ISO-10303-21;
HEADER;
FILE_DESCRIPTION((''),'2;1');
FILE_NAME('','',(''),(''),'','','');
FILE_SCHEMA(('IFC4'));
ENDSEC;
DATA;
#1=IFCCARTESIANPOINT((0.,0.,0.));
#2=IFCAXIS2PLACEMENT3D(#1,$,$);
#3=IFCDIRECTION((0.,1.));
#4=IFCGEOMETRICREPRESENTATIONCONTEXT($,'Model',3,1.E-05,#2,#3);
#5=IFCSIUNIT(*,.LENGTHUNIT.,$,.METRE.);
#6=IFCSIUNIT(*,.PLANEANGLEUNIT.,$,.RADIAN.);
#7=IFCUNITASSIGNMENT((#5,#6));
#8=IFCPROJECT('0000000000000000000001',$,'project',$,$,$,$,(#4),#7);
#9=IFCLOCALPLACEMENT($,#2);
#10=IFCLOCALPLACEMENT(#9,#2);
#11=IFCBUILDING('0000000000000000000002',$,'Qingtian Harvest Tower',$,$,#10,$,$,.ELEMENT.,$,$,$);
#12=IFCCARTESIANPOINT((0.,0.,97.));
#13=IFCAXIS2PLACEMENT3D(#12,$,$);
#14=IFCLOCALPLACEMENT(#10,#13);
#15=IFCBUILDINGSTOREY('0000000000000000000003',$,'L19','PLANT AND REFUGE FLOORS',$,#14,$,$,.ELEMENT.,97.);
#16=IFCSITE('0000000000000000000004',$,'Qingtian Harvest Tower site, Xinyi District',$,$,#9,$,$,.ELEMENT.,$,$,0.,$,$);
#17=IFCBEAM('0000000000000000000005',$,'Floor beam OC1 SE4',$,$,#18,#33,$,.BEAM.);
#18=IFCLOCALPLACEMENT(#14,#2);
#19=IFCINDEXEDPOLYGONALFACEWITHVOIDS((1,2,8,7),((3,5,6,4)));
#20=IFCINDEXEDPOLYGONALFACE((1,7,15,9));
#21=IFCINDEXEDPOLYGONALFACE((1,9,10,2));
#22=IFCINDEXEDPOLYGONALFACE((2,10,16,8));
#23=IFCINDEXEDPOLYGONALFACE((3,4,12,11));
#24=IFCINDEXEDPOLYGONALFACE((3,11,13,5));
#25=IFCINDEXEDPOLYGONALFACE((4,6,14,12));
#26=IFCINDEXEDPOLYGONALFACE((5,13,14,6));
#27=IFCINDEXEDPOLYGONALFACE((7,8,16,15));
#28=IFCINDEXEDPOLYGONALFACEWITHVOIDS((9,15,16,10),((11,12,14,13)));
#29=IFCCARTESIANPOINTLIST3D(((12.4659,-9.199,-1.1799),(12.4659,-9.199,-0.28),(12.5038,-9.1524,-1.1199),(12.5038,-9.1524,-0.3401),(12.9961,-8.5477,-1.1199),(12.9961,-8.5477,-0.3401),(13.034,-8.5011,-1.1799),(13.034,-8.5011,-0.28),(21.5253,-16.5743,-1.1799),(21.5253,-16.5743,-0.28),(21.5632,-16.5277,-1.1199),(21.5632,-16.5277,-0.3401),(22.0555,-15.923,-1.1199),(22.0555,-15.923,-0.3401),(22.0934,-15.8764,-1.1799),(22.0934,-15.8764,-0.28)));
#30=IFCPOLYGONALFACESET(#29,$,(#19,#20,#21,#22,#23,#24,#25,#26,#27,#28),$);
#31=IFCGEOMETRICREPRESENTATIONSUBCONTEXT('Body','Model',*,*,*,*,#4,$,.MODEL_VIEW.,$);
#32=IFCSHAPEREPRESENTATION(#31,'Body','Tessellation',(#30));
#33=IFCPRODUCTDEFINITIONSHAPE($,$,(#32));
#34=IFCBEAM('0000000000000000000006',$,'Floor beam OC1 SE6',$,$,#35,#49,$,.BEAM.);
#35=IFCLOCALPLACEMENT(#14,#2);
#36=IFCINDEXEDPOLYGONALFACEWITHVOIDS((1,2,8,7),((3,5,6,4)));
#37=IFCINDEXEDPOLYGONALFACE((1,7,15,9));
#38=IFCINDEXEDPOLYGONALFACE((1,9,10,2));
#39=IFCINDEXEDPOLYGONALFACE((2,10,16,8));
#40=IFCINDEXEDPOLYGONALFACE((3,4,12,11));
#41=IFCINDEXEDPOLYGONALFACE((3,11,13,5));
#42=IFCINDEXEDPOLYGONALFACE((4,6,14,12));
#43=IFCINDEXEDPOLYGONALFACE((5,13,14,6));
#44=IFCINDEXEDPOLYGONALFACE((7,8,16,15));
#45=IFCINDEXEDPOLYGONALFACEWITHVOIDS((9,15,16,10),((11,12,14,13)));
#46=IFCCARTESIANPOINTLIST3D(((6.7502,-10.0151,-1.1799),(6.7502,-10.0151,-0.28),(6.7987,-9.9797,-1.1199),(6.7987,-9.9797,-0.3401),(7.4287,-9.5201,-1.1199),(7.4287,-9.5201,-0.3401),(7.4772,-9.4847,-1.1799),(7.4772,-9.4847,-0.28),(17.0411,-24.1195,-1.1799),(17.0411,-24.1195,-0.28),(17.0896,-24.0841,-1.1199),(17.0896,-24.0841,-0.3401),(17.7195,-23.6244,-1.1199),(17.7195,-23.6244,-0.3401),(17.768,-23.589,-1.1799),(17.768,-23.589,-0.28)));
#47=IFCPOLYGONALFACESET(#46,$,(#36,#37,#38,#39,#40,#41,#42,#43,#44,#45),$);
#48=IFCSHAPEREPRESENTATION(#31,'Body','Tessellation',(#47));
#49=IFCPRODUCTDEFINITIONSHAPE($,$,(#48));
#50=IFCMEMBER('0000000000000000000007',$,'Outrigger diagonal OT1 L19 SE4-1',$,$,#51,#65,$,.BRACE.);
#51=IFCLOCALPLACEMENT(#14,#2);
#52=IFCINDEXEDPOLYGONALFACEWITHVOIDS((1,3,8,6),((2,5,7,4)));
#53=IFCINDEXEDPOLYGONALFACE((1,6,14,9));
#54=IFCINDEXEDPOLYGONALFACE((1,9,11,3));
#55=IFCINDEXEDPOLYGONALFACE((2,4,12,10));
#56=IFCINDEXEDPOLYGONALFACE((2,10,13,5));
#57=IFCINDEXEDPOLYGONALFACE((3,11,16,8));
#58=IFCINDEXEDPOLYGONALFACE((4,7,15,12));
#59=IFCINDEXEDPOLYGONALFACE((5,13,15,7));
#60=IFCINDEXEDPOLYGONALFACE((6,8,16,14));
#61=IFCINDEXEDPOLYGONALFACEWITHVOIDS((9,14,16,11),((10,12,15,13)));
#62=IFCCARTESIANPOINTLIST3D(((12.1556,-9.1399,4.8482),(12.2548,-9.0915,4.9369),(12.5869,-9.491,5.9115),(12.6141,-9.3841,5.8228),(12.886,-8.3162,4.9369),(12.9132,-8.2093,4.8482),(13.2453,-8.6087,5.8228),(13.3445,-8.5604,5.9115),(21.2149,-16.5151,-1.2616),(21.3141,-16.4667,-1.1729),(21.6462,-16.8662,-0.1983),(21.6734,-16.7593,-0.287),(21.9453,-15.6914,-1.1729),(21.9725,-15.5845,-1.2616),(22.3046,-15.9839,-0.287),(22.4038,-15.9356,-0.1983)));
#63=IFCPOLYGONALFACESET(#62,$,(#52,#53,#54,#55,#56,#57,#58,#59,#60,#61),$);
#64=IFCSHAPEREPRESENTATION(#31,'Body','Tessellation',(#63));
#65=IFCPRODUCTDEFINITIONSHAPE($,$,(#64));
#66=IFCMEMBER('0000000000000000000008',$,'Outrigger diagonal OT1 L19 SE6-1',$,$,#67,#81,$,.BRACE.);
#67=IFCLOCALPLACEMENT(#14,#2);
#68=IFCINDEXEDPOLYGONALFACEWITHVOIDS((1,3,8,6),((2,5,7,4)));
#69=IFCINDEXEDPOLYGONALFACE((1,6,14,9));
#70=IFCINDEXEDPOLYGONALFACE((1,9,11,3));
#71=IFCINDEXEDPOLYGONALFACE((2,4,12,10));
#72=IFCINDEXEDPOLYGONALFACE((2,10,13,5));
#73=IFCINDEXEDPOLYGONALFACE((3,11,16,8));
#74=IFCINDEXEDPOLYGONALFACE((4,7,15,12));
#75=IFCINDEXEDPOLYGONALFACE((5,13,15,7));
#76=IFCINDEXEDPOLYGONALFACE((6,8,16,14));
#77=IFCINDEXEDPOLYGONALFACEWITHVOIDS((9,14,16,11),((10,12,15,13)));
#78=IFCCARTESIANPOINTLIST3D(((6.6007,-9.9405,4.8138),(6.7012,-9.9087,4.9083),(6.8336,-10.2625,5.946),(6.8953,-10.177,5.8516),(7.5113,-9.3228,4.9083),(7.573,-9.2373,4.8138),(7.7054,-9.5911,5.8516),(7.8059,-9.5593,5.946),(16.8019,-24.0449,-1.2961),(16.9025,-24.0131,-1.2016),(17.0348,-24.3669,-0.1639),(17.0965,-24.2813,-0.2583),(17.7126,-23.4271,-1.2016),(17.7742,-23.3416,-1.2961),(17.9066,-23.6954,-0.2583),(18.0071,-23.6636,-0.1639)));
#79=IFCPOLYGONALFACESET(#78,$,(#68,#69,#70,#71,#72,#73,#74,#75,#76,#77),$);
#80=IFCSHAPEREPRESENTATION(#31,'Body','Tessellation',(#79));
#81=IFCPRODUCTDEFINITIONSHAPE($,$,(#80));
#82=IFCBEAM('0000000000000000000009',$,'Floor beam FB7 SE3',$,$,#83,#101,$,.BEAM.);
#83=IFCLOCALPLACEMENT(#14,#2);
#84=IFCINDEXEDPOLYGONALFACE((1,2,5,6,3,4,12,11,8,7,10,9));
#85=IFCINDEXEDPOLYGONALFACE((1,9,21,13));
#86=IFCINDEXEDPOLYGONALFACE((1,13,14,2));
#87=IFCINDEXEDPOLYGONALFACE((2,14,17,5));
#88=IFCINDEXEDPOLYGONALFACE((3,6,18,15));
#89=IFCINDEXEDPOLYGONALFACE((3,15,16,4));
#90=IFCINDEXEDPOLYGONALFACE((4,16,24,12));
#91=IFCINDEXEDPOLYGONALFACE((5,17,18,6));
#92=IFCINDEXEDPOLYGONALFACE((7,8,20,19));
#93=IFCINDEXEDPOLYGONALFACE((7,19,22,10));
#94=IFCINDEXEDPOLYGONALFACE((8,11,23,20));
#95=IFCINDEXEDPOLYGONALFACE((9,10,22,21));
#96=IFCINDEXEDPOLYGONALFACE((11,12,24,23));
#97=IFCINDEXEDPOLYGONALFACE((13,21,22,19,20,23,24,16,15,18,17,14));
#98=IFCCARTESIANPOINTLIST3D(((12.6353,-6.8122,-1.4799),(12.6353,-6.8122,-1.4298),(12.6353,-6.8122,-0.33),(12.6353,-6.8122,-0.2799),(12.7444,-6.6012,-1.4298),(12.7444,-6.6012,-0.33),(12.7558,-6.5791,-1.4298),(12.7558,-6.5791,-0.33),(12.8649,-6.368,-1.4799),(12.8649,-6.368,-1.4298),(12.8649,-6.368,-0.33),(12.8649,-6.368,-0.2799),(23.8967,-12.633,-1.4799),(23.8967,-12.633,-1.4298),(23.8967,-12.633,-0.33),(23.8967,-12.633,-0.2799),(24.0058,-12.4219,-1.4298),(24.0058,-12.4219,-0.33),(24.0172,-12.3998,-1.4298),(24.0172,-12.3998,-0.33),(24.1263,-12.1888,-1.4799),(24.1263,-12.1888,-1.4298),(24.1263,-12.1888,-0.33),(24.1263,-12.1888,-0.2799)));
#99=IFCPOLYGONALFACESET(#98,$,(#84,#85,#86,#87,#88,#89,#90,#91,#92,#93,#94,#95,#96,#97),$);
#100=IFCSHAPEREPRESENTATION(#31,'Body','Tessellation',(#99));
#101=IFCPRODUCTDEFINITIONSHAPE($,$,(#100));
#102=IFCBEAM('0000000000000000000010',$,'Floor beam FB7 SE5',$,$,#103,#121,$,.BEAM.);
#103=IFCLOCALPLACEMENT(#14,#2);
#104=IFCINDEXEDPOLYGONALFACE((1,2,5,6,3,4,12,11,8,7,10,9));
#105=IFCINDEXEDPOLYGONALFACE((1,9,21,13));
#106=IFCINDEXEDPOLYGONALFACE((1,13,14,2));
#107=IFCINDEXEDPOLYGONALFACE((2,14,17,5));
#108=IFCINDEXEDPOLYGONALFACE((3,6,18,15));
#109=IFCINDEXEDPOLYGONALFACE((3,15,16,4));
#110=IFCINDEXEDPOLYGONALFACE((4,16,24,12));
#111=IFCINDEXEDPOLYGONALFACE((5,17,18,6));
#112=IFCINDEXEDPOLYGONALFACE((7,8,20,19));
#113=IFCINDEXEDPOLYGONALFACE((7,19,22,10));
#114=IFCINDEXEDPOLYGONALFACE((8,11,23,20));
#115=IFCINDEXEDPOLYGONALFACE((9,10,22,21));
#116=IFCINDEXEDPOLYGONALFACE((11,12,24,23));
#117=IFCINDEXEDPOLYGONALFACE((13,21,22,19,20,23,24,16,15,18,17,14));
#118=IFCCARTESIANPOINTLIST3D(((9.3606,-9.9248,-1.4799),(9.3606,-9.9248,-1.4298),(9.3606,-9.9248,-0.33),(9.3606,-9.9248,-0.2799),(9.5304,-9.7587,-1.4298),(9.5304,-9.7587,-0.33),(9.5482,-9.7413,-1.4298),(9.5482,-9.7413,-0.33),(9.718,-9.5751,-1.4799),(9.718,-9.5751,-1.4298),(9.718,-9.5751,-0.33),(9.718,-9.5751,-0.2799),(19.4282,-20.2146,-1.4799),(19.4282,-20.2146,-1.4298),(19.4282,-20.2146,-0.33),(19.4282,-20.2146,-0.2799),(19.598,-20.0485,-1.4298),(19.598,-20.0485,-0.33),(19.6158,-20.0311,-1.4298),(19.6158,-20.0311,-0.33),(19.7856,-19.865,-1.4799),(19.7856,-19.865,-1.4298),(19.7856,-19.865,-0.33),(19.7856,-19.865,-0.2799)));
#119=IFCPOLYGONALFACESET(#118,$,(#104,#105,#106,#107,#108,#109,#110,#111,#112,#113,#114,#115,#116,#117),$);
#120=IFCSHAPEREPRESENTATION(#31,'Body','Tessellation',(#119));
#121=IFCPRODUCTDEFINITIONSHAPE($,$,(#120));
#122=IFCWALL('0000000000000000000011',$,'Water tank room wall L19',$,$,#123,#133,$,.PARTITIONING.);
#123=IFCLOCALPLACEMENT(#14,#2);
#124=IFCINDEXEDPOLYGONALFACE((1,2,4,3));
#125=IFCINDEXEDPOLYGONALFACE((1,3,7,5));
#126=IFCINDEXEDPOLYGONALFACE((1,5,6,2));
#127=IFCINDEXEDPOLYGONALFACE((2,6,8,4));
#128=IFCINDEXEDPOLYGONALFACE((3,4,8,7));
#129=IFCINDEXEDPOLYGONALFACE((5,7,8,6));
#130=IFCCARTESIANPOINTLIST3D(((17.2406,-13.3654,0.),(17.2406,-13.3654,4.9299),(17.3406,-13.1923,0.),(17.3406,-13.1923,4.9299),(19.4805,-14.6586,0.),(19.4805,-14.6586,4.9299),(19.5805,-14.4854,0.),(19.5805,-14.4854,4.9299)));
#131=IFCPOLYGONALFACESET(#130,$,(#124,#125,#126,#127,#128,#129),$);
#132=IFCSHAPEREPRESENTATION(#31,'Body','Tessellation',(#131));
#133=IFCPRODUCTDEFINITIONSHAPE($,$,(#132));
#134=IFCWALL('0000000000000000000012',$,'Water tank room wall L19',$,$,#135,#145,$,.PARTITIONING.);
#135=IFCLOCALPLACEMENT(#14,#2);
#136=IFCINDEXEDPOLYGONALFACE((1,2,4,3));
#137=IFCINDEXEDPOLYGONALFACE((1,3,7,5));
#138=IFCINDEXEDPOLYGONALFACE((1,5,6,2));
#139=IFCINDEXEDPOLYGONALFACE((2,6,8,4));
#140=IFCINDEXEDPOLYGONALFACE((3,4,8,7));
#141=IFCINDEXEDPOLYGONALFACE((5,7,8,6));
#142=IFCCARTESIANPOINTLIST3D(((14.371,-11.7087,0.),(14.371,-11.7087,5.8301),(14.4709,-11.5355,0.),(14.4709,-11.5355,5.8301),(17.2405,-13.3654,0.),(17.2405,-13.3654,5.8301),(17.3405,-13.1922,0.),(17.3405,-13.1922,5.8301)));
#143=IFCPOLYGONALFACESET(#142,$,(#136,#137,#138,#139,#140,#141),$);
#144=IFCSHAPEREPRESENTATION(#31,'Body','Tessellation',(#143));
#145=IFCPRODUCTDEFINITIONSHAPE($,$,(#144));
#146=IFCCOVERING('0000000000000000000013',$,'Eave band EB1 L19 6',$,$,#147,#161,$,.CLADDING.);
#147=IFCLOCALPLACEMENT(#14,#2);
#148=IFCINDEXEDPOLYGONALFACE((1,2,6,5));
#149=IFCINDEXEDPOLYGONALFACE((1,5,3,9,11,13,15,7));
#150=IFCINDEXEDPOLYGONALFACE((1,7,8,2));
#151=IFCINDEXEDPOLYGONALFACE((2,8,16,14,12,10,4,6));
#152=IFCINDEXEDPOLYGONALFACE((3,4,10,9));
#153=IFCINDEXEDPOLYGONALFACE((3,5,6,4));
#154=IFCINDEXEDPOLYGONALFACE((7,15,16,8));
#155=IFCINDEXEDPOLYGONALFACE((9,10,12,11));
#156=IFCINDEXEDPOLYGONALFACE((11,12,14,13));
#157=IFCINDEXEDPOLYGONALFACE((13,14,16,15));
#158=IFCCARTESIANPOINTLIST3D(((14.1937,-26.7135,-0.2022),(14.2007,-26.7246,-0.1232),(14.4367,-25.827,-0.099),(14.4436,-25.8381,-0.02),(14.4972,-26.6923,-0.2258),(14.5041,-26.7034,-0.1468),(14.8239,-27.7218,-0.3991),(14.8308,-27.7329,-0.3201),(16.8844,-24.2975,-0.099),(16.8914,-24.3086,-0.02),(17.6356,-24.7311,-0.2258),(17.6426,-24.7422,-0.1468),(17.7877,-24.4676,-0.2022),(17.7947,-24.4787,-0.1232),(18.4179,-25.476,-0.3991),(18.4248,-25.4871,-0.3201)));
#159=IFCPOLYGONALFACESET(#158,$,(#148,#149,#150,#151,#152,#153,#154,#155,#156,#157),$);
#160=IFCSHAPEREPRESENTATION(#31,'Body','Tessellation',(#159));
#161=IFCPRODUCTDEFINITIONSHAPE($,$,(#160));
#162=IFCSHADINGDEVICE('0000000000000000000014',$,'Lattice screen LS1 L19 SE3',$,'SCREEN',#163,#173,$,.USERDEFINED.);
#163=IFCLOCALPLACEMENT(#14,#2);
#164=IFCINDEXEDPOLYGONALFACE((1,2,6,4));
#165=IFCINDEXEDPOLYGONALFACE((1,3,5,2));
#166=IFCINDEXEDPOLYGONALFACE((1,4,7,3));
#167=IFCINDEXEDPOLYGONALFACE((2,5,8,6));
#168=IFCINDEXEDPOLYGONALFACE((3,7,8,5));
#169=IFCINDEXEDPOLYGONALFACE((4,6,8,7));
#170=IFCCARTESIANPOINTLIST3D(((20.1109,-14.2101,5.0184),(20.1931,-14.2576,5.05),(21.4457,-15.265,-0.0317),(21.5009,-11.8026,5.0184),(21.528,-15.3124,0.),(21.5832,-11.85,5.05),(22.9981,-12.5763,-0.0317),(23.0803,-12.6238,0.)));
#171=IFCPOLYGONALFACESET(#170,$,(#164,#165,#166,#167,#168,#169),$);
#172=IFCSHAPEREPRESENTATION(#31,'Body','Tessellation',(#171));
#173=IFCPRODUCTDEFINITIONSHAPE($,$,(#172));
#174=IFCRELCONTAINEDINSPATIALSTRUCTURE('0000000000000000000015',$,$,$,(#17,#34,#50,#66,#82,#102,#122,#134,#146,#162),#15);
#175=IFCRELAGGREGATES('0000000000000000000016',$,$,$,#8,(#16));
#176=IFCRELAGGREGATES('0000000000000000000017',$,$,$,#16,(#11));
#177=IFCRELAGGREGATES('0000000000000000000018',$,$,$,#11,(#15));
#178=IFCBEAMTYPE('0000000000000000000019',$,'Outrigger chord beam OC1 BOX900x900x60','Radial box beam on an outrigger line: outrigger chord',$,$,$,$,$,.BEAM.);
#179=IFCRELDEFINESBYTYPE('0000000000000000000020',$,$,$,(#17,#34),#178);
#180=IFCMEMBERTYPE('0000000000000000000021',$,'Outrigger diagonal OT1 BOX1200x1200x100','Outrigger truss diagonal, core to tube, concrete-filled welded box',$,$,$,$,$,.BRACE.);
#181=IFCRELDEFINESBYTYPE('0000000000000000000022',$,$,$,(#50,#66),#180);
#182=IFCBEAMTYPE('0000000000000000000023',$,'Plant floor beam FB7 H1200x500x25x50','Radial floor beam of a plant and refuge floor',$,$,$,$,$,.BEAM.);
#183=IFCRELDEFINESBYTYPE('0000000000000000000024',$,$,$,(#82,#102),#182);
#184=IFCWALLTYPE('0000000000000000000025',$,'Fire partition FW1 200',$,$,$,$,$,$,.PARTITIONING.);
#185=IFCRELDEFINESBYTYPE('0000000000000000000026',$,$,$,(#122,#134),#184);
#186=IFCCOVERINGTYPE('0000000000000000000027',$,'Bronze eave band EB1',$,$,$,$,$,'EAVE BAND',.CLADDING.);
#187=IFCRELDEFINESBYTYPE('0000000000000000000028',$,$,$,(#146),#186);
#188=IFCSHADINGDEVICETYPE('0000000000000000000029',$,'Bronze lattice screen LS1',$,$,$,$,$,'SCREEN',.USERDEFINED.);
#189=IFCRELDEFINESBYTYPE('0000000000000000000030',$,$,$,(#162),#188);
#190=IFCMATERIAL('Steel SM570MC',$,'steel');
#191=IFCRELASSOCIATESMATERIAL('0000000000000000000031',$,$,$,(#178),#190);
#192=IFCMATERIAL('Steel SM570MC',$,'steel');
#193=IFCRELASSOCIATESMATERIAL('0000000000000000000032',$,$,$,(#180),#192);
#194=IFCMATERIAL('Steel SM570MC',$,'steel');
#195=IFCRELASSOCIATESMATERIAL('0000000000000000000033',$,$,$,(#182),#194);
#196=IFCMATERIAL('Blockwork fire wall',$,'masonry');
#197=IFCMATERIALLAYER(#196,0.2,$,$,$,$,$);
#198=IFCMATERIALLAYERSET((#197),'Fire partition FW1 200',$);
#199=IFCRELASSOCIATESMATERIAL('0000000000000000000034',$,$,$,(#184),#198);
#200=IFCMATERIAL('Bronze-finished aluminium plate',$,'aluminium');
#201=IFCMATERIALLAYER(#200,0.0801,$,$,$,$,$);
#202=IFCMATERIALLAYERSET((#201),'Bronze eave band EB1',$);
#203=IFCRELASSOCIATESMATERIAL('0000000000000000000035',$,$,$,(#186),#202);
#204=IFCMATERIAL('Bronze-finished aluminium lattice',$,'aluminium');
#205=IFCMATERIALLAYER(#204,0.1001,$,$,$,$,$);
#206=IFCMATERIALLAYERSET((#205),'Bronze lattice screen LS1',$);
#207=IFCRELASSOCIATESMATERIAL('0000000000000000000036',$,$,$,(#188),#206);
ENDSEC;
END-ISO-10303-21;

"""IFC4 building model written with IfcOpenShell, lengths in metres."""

from ifc_helpers import new_model, si_unit, direction, frame, frame_2d, origin, origin_2d, place, context, subcontext, project, spatial, polyline, rectangle, hollow_rectangle, i_section, outline, extrude, material, layer, layer_set, material_profile, profile_set, type_object, element, save


model = new_model("IFC4")

# Units and contexts
model_context = context("Model", 3, precision=1e-05, world=origin(), true_north=direction((0.0, 1.0)))
body_context = subcontext(model_context, "Body", "Model", "MODEL_VIEW")
ifc_project = project(units=[si_unit("LENGTHUNIT", "METRE"), si_unit("PLANEANGLEUNIT", "RADIAN")], contexts=[model_context])

# Site, building, storey
site_placement = place(None, origin())
site = spatial("IfcSite", under=ifc_project, at=site_placement, Name="Qingtian Harvest Tower site, Xinyi District", CompositionType="ELEMENT", RefElevation=0.0)
building_placement = place(site_placement, origin())
building = spatial("IfcBuilding", under=site, at=building_placement, Name="Qingtian Harvest Tower", CompositionType="ELEMENT")
storey_placement = place(building_placement, frame((0.0, 0.0, 97.0)))
storey = spatial("IfcBuildingStorey", under=building, at=storey_placement, Name="L19", Description="PLANT AND REFUGE FLOORS", CompositionType="ELEMENT", Elevation=97.0)

# Beams
ifc_material_1 = material(Name="Steel SM570MC", Category="steel")
ifc_material_profile_1 = material_profile(ifc_material_1, hollow_rectangle(XDim=0.8999, YDim=0.8999, WallThickness=0.0601, at=origin_2d()), Name="BOX900x900x60")
ifc_profile_set_1 = profile_set([ifc_material_profile_1], Name="Steel SM570MC")
beam_type_1 = type_object("IfcBeamType", Name="Outrigger chord beam OC1 BOX900x900x60", Description="Radial box beam on an outrigger line: outrigger chord", PredefinedType="BEAM", material=ifc_profile_set_1)
beam_1_placement = place(storey_placement, frame((21.8093, -16.2253, -0.73), z_axis=(-0.775504, 0.631342, 0.0), x_axis=(-0.631342, -0.775504, 0.0)))
element("IfcBeam", 1, at=beam_1_placement, inside=storey, type_object=beam_type_1, Name="Floor beam OC1 SE4", PredefinedType="BEAM", context=body_context, shape_type="SweptSolid", body=[
    extrude(hollow_rectangle(XDim=0.8999, YDim=0.8999, WallThickness=0.0601, at=origin_2d()), origin(), (0.0, 0.0, 1.0), 11.6819),
])
beam_2_placement = place(storey_placement, frame((17.4045, -23.8542, -0.73), z_axis=(-0.589412, 0.807832, 0.0), x_axis=(-0.807832, -0.589412, 0.0)))
element("IfcBeam", 2, at=beam_2_placement, inside=storey, type_object=beam_type_1, Name="Floor beam OC1 SE6", PredefinedType="BEAM", context=body_context, shape_type="SweptSolid", body=[
    extrude(hollow_rectangle(XDim=0.8999, YDim=0.8999, WallThickness=0.0601, at=origin_2d()), origin(), (0.0, 0.0, 1.0), 17.4595),
])

# Members
ifc_material_2 = material(Name="Steel SM570MC", Category="steel")
ifc_material_profile_2 = material_profile(ifc_material_2, hollow_rectangle(XDim=1.2, YDim=1.2, WallThickness=0.1001, at=origin_2d()), Name="BOX1200x1200x100")
ifc_profile_set_2 = profile_set([ifc_material_profile_2], Name="Steel SM570MC")
member_type_1 = type_object("IfcMemberType", Name="Outrigger diagonal OT1 BOX1200x1200x100", Description="Outrigger truss diagonal, core to tube, concrete-filled welded box", PredefinedType="BRACE", material=ifc_profile_set_2)
member_1_placement = place(storey_placement, frame((21.8093, -16.2253, -0.73), z_axis=(-0.687189, 0.559444, 0.463459), x_axis=(-0.631342, -0.775504, 0.0)))
element("IfcMember", 3, at=member_1_placement, inside=storey, type_object=member_type_1, Name="Outrigger diagonal OT1 L19 SE4-1", PredefinedType="BRACE", context=body_context, shape_type="SweptSolid", body=[
    extrude(hollow_rectangle(XDim=1.2, YDim=1.2, WallThickness=0.1001, at=origin_2d()), origin(), (0.0, 0.0, 1.0), 13.1831),
])
member_2_placement = place(storey_placement, frame((17.4045, -23.8542, -0.73), z_axis=(-0.552973, 0.764546, 0.331196), x_axis=(-0.810276, -0.586048, 0.0)))
element("IfcMember", 4, at=member_2_placement, inside=storey, type_object=member_type_1, Name="Outrigger diagonal OT1 L19 SE6-1", PredefinedType="BRACE", context=body_context, shape_type="SweptSolid", body=[
    extrude(hollow_rectangle(XDim=1.2, YDim=1.2, WallThickness=0.1001, at=origin_2d()), origin(), (0.0, 0.0, 1.0), 18.448),
])

# Beams
ifc_material_3 = material(Name="Steel SM570MC", Category="steel")
ifc_material_profile_3 = material_profile(ifc_material_3, i_section(OverallWidth=0.5, OverallDepth=1.2, WebThickness=0.0249, FlangeThickness=0.05, at=origin_2d()), Name="H1200x500x25x50")
ifc_profile_set_3 = profile_set([ifc_material_profile_3], Name="Steel SM570MC")
beam_type_2 = type_object("IfcBeamType", Name="Plant floor beam FB7 H1200x500x25x50", Description="Radial floor beam of a plant and refuge floor", PredefinedType="BEAM", material=ifc_profile_set_3)
beam_3_placement = place(storey_placement, frame((24.0115, -12.4109, -0.8799), z_axis=(-0.88835, 0.459168, 0.0), x_axis=(-0.459168, -0.88835, 0.0)))
element("IfcBeam", 5, at=beam_3_placement, inside=storey, type_object=beam_type_2, Name="Floor beam FB7 SE3", PredefinedType="BEAM", context=body_context, shape_type="SweptSolid", body=[
    extrude(i_section(OverallWidth=0.5, OverallDepth=1.2, WebThickness=0.0249, FlangeThickness=0.05, at=origin_2d()), origin(), (0.0, 0.0, 1.0), 12.6768),
])
beam_4_placement = place(storey_placement, frame((19.6069, -20.0398, -0.8799), z_axis=(-0.699348, 0.714781, 0.0), x_axis=(-0.714781, -0.699348, 0.0)))
element("IfcBeam", 6, at=beam_4_placement, inside=storey, type_object=beam_type_2, Name="Floor beam FB7 SE5", PredefinedType="BEAM", context=body_context, shape_type="SweptSolid", body=[
    extrude(i_section(OverallWidth=0.5, OverallDepth=1.2, WebThickness=0.0249, FlangeThickness=0.05, at=origin_2d()), origin(), (0.0, 0.0, 1.0), 14.3958),
])

# Walls
ifc_material_4 = material(Name="Blockwork fire wall", Category="masonry")
ifc_layer_1 = layer(ifc_material_4, 0.2)
ifc_layer_set_1 = layer_set([ifc_layer_1], Name="Fire partition FW1 200")
wall_type = type_object("IfcWallType", Name="Fire partition FW1 200", PredefinedType="PARTITIONING", material=ifc_layer_set_1)
wall_1_placement = place(storey_placement, frame((19.5305, -14.572, 0.0), z_axis=(0.0, 0.0, 1.0), x_axis=(-0.866033, 0.499987, 0.0)))
element("IfcWall", 7, at=wall_1_placement, inside=storey, type_object=wall_type, Name="Water tank room wall L19", PredefinedType="PARTITIONING", context=body_context, shape_type="SweptSolid", body=[
    extrude(rectangle(XDim=2.5864, YDim=0.2, at=frame_2d((1.2932, 0.0))), origin(), (0.0, 0.0, 1.0), 4.9299),
])
wall_2_placement = place(storey_placement, frame((17.2905, -13.2788, 0.0), z_axis=(0.0, 0.0, 1.0), x_axis=(-0.866031, 0.49999, 0.0)))
element("IfcWall", 8, at=wall_2_placement, inside=storey, type_object=wall_type, Name="Water tank room wall L19", PredefinedType="PARTITIONING", context=body_context, shape_type="SweptSolid", body=[
    extrude(rectangle(XDim=3.3135, YDim=0.2, at=frame_2d((1.6567, 0.0))), origin(), (0.0, 0.0, 1.0), 5.8301),
])

# Covering
ifc_material_5 = material(Name="Bronze-finished aluminium plate", Category="aluminium")
ifc_layer_2 = layer(ifc_material_5, 0.0801)
ifc_layer_set_2 = layer_set([ifc_layer_2], Name="Bronze eave band EB1")
covering_type = type_object("IfcCoveringType", Name="Bronze eave band EB1", ElementType="EAVE BAND", PredefinedType="CLADDING", material=ifc_layer_set_2)
covering_placement = place(storey_placement, frame((16.8914, -24.3086, -0.02), z_axis=(0.086579, -0.138551, 0.986564), x_axis=(0.85698, -0.494626, -0.144671)))
element("IfcCovering", 9, at=covering_placement, inside=storey, type_object=covering_type, Name="Eave band EB1 L19 6", PredefinedType="CLADDING", context=body_context, shape_type="SweptSolid", body=[
    extrude(outline(polyline([(0.0, 0.0), (0.8766, 0.0), (0.8732, 0.3051), (1.9404, -0.2549), (-0.0287, -4.0076), (-1.0959, -3.4477), (-0.8429, -3.2771), (-1.3411, -2.5559), (0.0, 0.0)])), origin(), (0.0, 0.0, -1.0), 0.0801),
])

# Shading device
ifc_material_6 = material(Name="Bronze-finished aluminium lattice", Category="aluminium")
ifc_layer_3 = layer(ifc_material_6, 0.1001)
ifc_layer_set_3 = layer_set([ifc_layer_3], Name="Bronze lattice screen LS1")
shading_device_type = type_object("IfcShadingDeviceType", Name="Bronze lattice screen LS1", ElementType="SCREEN", PredefinedType="USERDEFINED", material=ifc_layer_set_3)
shading_device_1_placement = place(storey_placement, frame((23.0803, -12.6238, 0.0), z_axis=(0.821572, -0.47435, 0.316246), x_axis=(-0.500009, -0.86602, -0.000012)))
element("IfcShadingDevice", 10, at=shading_device_1_placement, inside=storey, type_object=shading_device_type, Name="Lattice screen LS1 L19 SE3", ObjectType="SCREEN", PredefinedType="USERDEFINED", context=body_context, shape_type="SweptSolid", body=[
    extrude(outline(polyline([(0.0, 0.0), (3.1046, 0.0), (2.8585, -5.3233), (0.0785, -5.3232), (0.0, 0.0)])), origin(), (0.0, 0.0, -1.0), 0.1001),
])

save(model, "model.ifc")
